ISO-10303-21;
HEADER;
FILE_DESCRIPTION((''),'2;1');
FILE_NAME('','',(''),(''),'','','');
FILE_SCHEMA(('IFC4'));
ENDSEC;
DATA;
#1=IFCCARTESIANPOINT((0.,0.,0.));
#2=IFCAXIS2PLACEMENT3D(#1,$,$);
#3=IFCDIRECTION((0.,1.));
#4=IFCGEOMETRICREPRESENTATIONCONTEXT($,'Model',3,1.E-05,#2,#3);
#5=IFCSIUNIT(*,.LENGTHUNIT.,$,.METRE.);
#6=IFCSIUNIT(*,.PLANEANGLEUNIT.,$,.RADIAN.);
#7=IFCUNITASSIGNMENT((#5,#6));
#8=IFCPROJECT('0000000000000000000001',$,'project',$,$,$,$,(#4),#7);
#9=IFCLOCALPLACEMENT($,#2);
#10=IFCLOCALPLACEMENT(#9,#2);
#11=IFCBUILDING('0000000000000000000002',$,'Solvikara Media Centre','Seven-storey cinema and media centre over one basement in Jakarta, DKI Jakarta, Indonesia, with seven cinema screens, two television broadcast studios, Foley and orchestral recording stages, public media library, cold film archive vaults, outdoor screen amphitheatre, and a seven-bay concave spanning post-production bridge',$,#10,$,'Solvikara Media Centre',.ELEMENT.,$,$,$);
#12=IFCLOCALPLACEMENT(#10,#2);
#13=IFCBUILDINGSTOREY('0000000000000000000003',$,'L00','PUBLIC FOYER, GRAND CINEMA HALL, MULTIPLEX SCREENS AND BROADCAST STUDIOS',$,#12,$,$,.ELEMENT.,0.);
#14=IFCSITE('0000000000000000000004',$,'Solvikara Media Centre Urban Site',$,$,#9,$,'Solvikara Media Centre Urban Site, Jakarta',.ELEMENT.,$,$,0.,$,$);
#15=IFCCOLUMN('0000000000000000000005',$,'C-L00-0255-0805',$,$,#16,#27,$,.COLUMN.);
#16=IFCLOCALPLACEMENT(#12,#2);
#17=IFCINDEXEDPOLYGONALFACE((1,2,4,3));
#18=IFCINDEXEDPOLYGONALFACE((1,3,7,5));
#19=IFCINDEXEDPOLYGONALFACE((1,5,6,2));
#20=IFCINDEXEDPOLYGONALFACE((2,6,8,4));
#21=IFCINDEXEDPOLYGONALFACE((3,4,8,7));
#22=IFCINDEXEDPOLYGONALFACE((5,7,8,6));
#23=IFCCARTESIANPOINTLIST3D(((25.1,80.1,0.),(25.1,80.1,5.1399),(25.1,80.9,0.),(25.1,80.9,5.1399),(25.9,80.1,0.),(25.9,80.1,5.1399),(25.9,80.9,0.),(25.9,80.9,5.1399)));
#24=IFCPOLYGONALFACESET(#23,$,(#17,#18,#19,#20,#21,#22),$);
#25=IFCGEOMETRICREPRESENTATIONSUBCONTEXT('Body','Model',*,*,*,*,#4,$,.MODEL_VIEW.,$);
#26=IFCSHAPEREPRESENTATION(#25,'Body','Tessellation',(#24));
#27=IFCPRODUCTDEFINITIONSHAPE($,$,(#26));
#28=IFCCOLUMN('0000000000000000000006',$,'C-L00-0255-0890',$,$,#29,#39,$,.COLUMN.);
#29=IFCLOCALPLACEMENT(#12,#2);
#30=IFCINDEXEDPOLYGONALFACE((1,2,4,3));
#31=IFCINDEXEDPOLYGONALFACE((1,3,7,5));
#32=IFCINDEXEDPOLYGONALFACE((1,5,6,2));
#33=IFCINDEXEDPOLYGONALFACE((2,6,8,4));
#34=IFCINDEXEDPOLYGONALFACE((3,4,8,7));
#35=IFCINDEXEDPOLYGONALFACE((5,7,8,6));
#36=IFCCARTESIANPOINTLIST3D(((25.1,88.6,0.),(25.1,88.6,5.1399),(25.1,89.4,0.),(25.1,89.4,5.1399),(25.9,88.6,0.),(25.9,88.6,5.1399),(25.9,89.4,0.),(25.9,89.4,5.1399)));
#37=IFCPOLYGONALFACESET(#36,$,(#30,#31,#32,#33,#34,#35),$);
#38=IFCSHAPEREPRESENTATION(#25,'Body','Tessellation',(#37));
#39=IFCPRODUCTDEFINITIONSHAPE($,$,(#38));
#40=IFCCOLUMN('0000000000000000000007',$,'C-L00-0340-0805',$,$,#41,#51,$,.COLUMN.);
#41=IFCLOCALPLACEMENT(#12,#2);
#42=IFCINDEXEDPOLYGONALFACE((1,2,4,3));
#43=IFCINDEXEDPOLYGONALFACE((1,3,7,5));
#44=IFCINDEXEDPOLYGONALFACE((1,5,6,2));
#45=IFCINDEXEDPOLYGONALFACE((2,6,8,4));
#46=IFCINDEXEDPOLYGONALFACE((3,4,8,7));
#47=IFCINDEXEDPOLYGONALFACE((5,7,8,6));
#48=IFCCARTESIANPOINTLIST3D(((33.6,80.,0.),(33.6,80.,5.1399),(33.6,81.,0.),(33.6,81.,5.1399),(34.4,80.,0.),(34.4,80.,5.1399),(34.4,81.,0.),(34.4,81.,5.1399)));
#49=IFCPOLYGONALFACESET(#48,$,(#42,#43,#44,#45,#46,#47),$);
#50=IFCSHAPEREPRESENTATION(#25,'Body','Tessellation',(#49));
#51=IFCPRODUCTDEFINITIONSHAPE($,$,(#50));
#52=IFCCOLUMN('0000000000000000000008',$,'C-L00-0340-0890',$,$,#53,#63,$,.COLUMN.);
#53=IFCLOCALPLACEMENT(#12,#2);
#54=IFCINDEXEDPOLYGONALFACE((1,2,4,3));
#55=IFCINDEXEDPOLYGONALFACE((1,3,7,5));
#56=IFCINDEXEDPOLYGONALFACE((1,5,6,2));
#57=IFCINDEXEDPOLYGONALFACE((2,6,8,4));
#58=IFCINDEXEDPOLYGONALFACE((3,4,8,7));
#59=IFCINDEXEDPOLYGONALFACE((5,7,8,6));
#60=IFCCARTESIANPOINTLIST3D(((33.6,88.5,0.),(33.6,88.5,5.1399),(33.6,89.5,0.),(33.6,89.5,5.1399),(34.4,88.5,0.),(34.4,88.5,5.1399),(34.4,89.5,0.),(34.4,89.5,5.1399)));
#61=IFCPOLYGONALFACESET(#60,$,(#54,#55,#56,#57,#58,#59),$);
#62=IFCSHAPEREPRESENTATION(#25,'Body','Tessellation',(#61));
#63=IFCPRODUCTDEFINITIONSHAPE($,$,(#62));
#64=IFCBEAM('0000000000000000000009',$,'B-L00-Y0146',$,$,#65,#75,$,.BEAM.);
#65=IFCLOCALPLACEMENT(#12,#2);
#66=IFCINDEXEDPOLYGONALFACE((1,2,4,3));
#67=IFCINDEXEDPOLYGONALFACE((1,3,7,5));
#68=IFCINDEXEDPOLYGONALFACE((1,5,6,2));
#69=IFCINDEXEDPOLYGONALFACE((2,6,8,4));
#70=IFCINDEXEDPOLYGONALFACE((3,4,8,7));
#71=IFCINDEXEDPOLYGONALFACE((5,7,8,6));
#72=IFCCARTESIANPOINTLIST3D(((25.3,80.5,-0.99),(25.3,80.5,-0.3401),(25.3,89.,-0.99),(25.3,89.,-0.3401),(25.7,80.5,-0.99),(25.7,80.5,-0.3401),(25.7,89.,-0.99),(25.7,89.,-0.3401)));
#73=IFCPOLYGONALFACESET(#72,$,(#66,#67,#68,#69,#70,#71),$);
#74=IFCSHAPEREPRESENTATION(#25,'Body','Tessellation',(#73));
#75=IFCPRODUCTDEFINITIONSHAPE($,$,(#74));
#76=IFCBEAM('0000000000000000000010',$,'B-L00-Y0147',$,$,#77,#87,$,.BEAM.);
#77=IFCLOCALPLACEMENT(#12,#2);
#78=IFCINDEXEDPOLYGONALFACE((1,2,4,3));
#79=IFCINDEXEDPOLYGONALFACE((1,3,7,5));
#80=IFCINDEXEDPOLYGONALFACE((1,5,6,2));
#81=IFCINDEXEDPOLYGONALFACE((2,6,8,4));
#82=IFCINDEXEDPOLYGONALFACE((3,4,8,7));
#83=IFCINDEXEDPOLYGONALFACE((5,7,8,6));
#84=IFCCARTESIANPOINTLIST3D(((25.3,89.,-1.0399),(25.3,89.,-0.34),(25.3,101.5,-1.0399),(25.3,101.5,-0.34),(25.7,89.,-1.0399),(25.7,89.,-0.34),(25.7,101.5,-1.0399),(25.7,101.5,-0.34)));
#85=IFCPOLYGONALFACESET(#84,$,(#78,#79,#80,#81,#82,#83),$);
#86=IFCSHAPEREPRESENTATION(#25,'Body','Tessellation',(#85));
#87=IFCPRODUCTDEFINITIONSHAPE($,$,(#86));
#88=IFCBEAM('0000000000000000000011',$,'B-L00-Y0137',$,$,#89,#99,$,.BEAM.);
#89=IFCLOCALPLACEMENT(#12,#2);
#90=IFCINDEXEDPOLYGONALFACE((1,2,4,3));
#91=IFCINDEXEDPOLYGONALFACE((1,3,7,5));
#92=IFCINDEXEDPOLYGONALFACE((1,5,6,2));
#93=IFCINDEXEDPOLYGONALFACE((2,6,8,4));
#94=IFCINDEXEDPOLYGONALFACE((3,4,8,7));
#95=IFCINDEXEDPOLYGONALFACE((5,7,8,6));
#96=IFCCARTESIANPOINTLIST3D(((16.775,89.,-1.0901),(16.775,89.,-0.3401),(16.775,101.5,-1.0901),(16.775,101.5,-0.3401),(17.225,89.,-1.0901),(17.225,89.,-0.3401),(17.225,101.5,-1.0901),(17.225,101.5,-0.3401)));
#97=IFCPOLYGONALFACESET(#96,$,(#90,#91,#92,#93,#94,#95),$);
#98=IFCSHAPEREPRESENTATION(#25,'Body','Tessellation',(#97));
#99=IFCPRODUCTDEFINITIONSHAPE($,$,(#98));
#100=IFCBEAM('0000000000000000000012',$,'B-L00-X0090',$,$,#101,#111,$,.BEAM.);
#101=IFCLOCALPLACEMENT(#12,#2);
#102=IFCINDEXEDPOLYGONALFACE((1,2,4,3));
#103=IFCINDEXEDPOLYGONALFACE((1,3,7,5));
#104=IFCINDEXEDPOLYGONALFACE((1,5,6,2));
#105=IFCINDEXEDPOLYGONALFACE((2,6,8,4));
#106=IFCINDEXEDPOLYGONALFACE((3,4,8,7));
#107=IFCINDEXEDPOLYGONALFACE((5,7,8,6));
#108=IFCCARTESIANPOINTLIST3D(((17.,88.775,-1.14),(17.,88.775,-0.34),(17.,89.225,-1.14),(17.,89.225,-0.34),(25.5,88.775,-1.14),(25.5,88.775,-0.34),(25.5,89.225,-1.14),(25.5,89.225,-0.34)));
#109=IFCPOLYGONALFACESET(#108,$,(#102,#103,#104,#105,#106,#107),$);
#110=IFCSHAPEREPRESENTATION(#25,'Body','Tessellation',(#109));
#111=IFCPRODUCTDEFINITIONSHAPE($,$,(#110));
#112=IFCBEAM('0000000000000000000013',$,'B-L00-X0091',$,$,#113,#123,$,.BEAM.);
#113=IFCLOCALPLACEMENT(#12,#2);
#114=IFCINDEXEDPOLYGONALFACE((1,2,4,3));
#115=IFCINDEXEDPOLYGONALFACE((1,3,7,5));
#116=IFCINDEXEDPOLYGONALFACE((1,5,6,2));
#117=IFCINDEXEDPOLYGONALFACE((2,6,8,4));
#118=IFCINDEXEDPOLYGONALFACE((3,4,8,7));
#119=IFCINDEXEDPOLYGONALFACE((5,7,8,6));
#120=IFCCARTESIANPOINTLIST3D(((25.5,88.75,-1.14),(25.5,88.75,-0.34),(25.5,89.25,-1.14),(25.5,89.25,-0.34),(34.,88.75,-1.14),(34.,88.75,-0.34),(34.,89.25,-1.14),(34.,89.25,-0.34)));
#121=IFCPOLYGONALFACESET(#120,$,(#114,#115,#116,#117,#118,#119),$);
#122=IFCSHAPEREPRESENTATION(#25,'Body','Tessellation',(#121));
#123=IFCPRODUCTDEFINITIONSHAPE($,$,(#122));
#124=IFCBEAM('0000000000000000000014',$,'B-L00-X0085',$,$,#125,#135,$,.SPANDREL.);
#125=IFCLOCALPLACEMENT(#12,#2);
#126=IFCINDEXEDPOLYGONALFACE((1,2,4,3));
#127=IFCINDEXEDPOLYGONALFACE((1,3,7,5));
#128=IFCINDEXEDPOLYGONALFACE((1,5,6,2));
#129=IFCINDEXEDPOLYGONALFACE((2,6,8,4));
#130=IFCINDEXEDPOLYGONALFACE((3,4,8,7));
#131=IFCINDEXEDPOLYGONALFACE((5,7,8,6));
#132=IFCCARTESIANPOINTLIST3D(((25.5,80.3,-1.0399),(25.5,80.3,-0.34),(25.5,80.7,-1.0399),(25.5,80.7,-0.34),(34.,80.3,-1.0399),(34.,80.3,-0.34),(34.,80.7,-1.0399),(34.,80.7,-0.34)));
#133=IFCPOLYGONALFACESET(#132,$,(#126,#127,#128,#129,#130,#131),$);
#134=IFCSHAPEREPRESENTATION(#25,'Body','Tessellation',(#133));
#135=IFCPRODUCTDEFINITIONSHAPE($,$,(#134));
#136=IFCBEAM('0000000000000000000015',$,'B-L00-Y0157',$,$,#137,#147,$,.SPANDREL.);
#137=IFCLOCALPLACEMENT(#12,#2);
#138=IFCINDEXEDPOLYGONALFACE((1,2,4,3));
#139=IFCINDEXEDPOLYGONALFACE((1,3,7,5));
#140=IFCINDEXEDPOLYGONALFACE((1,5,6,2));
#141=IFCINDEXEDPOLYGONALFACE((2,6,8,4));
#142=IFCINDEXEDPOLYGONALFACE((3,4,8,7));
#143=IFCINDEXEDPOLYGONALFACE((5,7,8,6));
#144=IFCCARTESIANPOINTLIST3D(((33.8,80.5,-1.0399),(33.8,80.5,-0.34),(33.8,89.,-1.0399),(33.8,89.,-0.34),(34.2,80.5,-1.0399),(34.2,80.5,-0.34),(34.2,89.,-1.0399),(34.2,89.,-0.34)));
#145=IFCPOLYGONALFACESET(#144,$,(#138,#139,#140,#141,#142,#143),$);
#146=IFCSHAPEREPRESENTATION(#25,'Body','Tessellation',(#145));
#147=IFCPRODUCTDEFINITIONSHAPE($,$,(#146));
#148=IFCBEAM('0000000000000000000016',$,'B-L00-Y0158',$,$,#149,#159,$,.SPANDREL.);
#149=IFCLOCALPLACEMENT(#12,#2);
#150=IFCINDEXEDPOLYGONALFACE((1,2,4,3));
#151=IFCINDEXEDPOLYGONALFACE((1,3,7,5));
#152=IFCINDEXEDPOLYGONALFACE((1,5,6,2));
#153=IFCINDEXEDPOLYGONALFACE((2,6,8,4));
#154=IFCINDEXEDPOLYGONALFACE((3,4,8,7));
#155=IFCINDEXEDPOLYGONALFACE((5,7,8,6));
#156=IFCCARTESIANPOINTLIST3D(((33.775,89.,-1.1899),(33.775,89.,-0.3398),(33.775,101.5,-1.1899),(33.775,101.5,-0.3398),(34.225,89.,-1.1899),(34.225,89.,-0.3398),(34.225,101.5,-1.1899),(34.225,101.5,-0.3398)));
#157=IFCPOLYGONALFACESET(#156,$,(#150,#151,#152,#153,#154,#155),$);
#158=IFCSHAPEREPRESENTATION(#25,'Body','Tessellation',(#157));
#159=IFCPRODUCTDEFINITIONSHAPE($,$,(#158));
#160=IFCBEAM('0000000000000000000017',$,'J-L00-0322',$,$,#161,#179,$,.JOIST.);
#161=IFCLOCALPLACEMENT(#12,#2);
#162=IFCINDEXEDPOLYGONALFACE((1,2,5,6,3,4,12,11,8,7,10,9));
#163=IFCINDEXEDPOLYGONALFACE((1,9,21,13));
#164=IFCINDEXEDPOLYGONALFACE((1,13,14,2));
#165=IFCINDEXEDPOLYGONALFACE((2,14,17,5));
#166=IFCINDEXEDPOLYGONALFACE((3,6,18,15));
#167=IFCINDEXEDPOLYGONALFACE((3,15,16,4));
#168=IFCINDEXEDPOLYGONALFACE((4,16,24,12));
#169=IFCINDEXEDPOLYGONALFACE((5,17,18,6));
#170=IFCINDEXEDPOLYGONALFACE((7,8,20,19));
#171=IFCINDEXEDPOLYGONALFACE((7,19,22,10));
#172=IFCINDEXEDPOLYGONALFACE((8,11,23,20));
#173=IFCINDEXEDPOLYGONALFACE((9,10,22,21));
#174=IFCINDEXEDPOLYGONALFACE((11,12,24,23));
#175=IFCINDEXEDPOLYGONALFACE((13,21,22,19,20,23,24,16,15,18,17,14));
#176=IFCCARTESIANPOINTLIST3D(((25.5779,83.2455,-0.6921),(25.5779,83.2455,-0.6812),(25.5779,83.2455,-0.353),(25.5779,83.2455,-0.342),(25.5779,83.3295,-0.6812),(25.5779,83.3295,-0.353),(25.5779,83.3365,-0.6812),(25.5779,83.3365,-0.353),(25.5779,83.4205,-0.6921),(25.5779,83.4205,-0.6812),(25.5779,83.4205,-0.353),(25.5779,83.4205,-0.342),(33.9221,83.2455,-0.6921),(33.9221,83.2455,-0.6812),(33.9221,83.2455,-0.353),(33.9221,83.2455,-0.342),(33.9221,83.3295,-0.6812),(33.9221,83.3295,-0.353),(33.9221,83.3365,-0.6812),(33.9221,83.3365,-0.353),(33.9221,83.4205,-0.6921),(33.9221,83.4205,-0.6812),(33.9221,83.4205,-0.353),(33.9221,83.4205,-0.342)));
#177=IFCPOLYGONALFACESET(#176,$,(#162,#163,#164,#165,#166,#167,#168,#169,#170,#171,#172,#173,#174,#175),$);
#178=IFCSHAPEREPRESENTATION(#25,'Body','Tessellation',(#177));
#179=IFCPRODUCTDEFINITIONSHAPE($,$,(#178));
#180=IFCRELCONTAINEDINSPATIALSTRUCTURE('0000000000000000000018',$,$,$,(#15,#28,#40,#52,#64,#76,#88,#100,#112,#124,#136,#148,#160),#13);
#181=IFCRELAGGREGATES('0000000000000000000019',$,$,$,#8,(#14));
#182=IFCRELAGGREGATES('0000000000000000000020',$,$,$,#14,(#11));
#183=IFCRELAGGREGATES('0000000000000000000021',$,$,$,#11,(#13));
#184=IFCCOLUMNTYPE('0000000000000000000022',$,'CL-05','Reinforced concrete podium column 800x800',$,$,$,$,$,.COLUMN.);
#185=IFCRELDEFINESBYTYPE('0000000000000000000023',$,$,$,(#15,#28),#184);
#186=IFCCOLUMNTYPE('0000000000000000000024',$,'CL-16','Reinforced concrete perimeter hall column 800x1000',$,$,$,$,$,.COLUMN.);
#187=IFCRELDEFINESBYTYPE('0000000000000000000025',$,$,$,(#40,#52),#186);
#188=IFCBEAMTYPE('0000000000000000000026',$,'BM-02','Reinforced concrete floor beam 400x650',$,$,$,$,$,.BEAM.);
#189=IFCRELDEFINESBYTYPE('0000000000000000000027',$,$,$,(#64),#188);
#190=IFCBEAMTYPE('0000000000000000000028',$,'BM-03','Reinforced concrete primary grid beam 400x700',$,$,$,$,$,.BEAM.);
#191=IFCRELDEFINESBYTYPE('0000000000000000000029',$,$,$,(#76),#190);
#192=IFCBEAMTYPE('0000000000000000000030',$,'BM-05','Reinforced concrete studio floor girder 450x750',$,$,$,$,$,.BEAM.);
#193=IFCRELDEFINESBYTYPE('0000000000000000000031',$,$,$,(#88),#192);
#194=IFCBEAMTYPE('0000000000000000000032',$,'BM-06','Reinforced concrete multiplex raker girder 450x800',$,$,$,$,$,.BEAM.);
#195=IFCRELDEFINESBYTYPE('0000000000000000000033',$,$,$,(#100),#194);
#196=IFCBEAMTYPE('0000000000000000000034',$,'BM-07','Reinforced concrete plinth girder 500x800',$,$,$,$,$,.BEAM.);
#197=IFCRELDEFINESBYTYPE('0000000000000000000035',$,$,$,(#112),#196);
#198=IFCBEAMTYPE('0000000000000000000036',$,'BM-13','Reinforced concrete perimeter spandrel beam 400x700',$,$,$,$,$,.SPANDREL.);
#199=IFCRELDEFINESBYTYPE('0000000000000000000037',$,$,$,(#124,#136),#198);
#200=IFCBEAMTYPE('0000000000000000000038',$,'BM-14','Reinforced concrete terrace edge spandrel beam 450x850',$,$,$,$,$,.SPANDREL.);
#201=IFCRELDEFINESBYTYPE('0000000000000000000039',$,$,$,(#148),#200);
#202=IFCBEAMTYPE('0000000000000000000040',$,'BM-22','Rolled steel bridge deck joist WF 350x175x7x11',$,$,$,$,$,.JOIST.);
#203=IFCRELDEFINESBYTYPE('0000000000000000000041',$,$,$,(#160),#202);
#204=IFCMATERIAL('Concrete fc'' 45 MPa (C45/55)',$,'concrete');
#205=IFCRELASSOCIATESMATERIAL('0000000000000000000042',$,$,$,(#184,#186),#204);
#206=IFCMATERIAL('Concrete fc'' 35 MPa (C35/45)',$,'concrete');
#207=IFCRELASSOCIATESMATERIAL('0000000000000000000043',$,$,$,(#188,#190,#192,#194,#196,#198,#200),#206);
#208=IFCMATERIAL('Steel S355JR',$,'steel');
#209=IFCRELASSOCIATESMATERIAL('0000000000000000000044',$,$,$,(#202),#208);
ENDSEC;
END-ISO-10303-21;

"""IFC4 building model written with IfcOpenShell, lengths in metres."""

from ifc_helpers import new_model, si_unit, direction, frame, origin, origin_2d, place, context, subcontext, project, spatial, rectangle, i_section, extrude, material, material_profile, profile_set, type_object, element, save


model = new_model("IFC4")

# Units and contexts
model_context = context("Model", 3, precision=1e-05, world=origin(), true_north=direction((0.0, 1.0)))
body_context = subcontext(model_context, "Body", "Model", "MODEL_VIEW")
ifc_project = project(units=[si_unit("LENGTHUNIT", "METRE"), si_unit("PLANEANGLEUNIT", "RADIAN")], contexts=[model_context])

# Site, building, storey
site_placement = place(None, origin())
site = spatial("IfcSite", under=ifc_project, at=site_placement, Name="Solvikara Media Centre Urban Site", LongName="Solvikara Media Centre Urban Site, Jakarta", CompositionType="ELEMENT", RefElevation=0.0)
building_placement = place(site_placement, origin())
building = spatial("IfcBuilding", under=site, at=building_placement, Name="Solvikara Media Centre", Description="Seven-storey cinema and media centre over one basement in Jakarta, DKI Jakarta, Indonesia, with seven cinema screens, two television broadcast studios, Foley and orchestral recording stages, public media library, cold film archive vaults, outdoor screen amphitheatre, and a seven-bay concave spanning post-production bridge", LongName="Solvikara Media Centre", CompositionType="ELEMENT")
storey_placement = place(building_placement, origin())
storey = spatial("IfcBuildingStorey", under=building, at=storey_placement, Name="L00", Description="PUBLIC FOYER, GRAND CINEMA HALL, MULTIPLEX SCREENS AND BROADCAST STUDIOS", CompositionType="ELEMENT", Elevation=0.0)

# Columns
ifc_material_1 = material(Name="Concrete fc' 45 MPa (C45/55)", Category="concrete")
ifc_material_profile_1 = material_profile(ifc_material_1, rectangle(XDim=0.8, YDim=0.8, at=origin_2d()), Name="RC 800x800")
ifc_profile_set_1 = profile_set([ifc_material_profile_1], Name="Concrete fc' 45 MPa (C45/55)")
column_type_1 = type_object("IfcColumnType", Name="CL-05", Description="Reinforced concrete podium column 800x800", PredefinedType="COLUMN", material=ifc_profile_set_1)
for number, where, z_axis, x_axis, name in (
    (1, (25.5, 80.5, 0.0), (0.0, 0.0, 1.0), (1.0, 0.0, 0.0), "C-L00-0255-0805"),
    (2, (25.5, 89.0, 0.0), (0.0, 0.0, 1.0), (1.0, 0.0, 0.0), "C-L00-0255-0890"),
):
    element("IfcColumn", number, at=place(storey_placement, frame(where, z_axis=z_axis, x_axis=x_axis)), inside=storey, type_object=column_type_1, Name=name, PredefinedType="COLUMN", context=body_context, shape_type="SweptSolid", body=[
        extrude(rectangle(XDim=0.8, YDim=0.8, at=origin_2d()), origin(), (0.0, 0.0, 1.0), 5.1399),
    ])
ifc_material_profile_2 = material_profile(ifc_material_1, rectangle(XDim=0.8, YDim=1.0, at=origin_2d()), Name="RC 800x1000")
ifc_profile_set_2 = profile_set([ifc_material_profile_2], Name="Concrete fc' 45 MPa (C45/55)")
column_type_2 = type_object("IfcColumnType", Name="CL-16", Description="Reinforced concrete perimeter hall column 800x1000", PredefinedType="COLUMN", material=ifc_profile_set_2)
for number, where, z_axis, x_axis, name in (
    (3, (34.0, 80.5, 0.0), (0.0, 0.0, 1.0), (1.0, 0.0, 0.0), "C-L00-0340-0805"),
    (4, (34.0, 89.0, 0.0), (0.0, 0.0, 1.0), (1.0, 0.0, 0.0), "C-L00-0340-0890"),
):
    element("IfcColumn", number, at=place(storey_placement, frame(where, z_axis=z_axis, x_axis=x_axis)), inside=storey, type_object=column_type_2, Name=name, PredefinedType="COLUMN", context=body_context, shape_type="SweptSolid", body=[
        extrude(rectangle(XDim=0.8, YDim=1.0, at=origin_2d()), origin(), (0.0, 0.0, 1.0), 5.1399),
    ])

# Beams
ifc_material_2 = material(Name="Concrete fc' 35 MPa (C35/45)", Category="concrete")
ifc_material_profile_3 = material_profile(ifc_material_2, rectangle(XDim=0.3999, YDim=0.6499, at=origin_2d()), Name="RC 400x650")
ifc_profile_set_3 = profile_set([ifc_material_profile_3], Name="Concrete fc' 35 MPa (C35/45)")
beam_type_1 = type_object("IfcBeamType", Name="BM-02", Description="Reinforced concrete floor beam 400x650", PredefinedType="BEAM", material=ifc_profile_set_3)
beam_1_placement = place(storey_placement, frame((25.5, 80.5, -0.665), z_axis=(0.0, 1.0, 0.0), x_axis=(-1.0, 0.0, 0.0)))
element("IfcBeam", 5, at=beam_1_placement, inside=storey, type_object=beam_type_1, Name="B-L00-Y0146", PredefinedType="BEAM", context=body_context, shape_type="SweptSolid", body=[
    extrude(rectangle(XDim=0.3999, YDim=0.6499, at=origin_2d()), origin(), (0.0, 0.0, 1.0), 8.5),
])
ifc_material_profile_4 = material_profile(ifc_material_2, rectangle(XDim=0.3999, YDim=0.7, at=origin_2d()), Name="RC 400x700")
ifc_profile_set_4 = profile_set([ifc_material_profile_4], Name="Concrete fc' 35 MPa (C35/45)")
beam_type_2 = type_object("IfcBeamType", Name="BM-03", Description="Reinforced concrete primary grid beam 400x700", PredefinedType="BEAM", material=ifc_profile_set_4)
beam_2_placement = place(storey_placement, frame((25.5, 89.0, -0.6899), z_axis=(0.0, 1.0, 0.0), x_axis=(-1.0, 0.0, 0.0)))
element("IfcBeam", 6, at=beam_2_placement, inside=storey, type_object=beam_type_2, Name="B-L00-Y0147", PredefinedType="BEAM", context=body_context, shape_type="SweptSolid", body=[
    extrude(rectangle(XDim=0.3999, YDim=0.7, at=origin_2d()), origin(), (0.0, 0.0, 1.0), 12.5),
])
ifc_material_profile_5 = material_profile(ifc_material_2, rectangle(XDim=0.45, YDim=0.75, at=origin_2d()), Name="RC 450x750")
ifc_profile_set_5 = profile_set([ifc_material_profile_5], Name="Concrete fc' 35 MPa (C35/45)")
beam_type_3 = type_object("IfcBeamType", Name="BM-05", Description="Reinforced concrete studio floor girder 450x750", PredefinedType="BEAM", material=ifc_profile_set_5)
beam_3_placement = place(storey_placement, frame((17.0, 89.0, -0.7151), z_axis=(0.0, 1.0, 0.0), x_axis=(-1.0, 0.0, 0.0)))
element("IfcBeam", 7, at=beam_3_placement, inside=storey, type_object=beam_type_3, Name="B-L00-Y0137", PredefinedType="BEAM", context=body_context, shape_type="SweptSolid", body=[
    extrude(rectangle(XDim=0.45, YDim=0.75, at=origin_2d()), origin(), (0.0, 0.0, 1.0), 12.5),
])
ifc_material_profile_6 = material_profile(ifc_material_2, rectangle(XDim=0.45, YDim=0.8, at=origin_2d()), Name="RC 450x800")
ifc_profile_set_6 = profile_set([ifc_material_profile_6], Name="Concrete fc' 35 MPa (C35/45)")
beam_type_4 = type_object("IfcBeamType", Name="BM-06", Description="Reinforced concrete multiplex raker girder 450x800", PredefinedType="BEAM", material=ifc_profile_set_6)
beam_4_placement = place(storey_placement, frame((17.0, 89.0, -0.74), z_axis=(1.0, 0.0, 0.0), x_axis=(0.0, 1.0, 0.0)))
element("IfcBeam", 8, at=beam_4_placement, inside=storey, type_object=beam_type_4, Name="B-L00-X0090", PredefinedType="BEAM", context=body_context, shape_type="SweptSolid", body=[
    extrude(rectangle(XDim=0.45, YDim=0.8, at=origin_2d()), origin(), (0.0, 0.0, 1.0), 8.5),
])
ifc_material_profile_7 = material_profile(ifc_material_2, rectangle(XDim=0.5, YDim=0.8, at=origin_2d()), Name="RC 500x800")
ifc_profile_set_7 = profile_set([ifc_material_profile_7], Name="Concrete fc' 35 MPa (C35/45)")
beam_type_5 = type_object("IfcBeamType", Name="BM-07", Description="Reinforced concrete plinth girder 500x800", PredefinedType="BEAM", material=ifc_profile_set_7)
beam_5_placement = place(storey_placement, frame((25.5, 89.0, -0.74), z_axis=(1.0, 0.0, 0.0), x_axis=(0.0, 1.0, 0.0)))
element("IfcBeam", 9, at=beam_5_placement, inside=storey, type_object=beam_type_5, Name="B-L00-X0091", PredefinedType="BEAM", context=body_context, shape_type="SweptSolid", body=[
    extrude(rectangle(XDim=0.5, YDim=0.8, at=origin_2d()), origin(), (0.0, 0.0, 1.0), 8.5),
])
ifc_material_profile_8 = material_profile(ifc_material_2, rectangle(XDim=0.3999, YDim=0.7, at=origin_2d()), Name="RC 400x700")
ifc_profile_set_8 = profile_set([ifc_material_profile_8], Name="Concrete fc' 35 MPa (C35/45)")
beam_type_6 = type_object("IfcBeamType", Name="BM-13", Description="Reinforced concrete perimeter spandrel beam 400x700", PredefinedType="SPANDREL", material=ifc_profile_set_8)
for number, where, z_axis, x_axis, name in (
    (10, (25.5, 80.5, -0.6899), (1.0, 0.0, 0.0), (0.0, 1.0, 0.0), "B-L00-X0085"),
    (11, (34.0, 80.5, -0.6899), (0.0, 1.0, 0.0), (-1.0, 0.0, 0.0), "B-L00-Y0157"),
):
    element("IfcBeam", number, at=place(storey_placement, frame(where, z_axis=z_axis, x_axis=x_axis)), inside=storey, type_object=beam_type_6, Name=name, PredefinedType="SPANDREL", context=body_context, shape_type="SweptSolid", body=[
        extrude(rectangle(XDim=0.3999, YDim=0.7, at=origin_2d()), origin(), (0.0, 0.0, 1.0), 8.5),
    ])
ifc_material_profile_9 = material_profile(ifc_material_2, rectangle(XDim=0.45, YDim=0.8501, at=origin_2d()), Name="RC 450x850")
ifc_profile_set_9 = profile_set([ifc_material_profile_9], Name="Concrete fc' 35 MPa (C35/45)")
beam_type_7 = type_object("IfcBeamType", Name="BM-14", Description="Reinforced concrete terrace edge spandrel beam 450x850", PredefinedType="SPANDREL", material=ifc_profile_set_9)
beam_6_placement = place(storey_placement, frame((34.0, 89.0, -0.7649), z_axis=(0.0, 1.0, 0.0), x_axis=(-1.0, 0.0, 0.0)))
element("IfcBeam", 12, at=beam_6_placement, inside=storey, type_object=beam_type_7, Name="B-L00-Y0158", PredefinedType="SPANDREL", context=body_context, shape_type="SweptSolid", body=[
    extrude(rectangle(XDim=0.45, YDim=0.8501, at=origin_2d()), origin(), (0.0, 0.0, 1.0), 12.5),
])
ifc_material_3 = material(Name="Steel S355JR", Category="steel")
ifc_material_profile_10 = material_profile(ifc_material_3, i_section(OverallWidth=0.175, OverallDepth=0.3501, WebThickness=0.0071, FlangeThickness=0.011, at=origin_2d()), Name="WF 350x175x7x11")
ifc_profile_set_10 = profile_set([ifc_material_profile_10], Name="Steel S355JR")
beam_type_8 = type_object("IfcBeamType", Name="BM-22", Description="Rolled steel bridge deck joist WF 350x175x7x11", PredefinedType="JOIST", material=ifc_profile_set_10)
beam_7_placement = place(storey_placement, frame((25.5779, 83.333, -0.5171), z_axis=(1.0, 0.0, 0.0), x_axis=(0.0, 1.0, 0.0)))
element("IfcBeam", 13, at=beam_7_placement, inside=storey, type_object=beam_type_8, Name="J-L00-0322", PredefinedType="JOIST", context=body_context, shape_type="SweptSolid", body=[
    extrude(i_section(OverallWidth=0.175, OverallDepth=0.3501, WebThickness=0.0071, FlangeThickness=0.011, at=origin_2d()), origin(), (0.0, 0.0, 1.0), 8.3442),
])

save(model, "model.ifc")
